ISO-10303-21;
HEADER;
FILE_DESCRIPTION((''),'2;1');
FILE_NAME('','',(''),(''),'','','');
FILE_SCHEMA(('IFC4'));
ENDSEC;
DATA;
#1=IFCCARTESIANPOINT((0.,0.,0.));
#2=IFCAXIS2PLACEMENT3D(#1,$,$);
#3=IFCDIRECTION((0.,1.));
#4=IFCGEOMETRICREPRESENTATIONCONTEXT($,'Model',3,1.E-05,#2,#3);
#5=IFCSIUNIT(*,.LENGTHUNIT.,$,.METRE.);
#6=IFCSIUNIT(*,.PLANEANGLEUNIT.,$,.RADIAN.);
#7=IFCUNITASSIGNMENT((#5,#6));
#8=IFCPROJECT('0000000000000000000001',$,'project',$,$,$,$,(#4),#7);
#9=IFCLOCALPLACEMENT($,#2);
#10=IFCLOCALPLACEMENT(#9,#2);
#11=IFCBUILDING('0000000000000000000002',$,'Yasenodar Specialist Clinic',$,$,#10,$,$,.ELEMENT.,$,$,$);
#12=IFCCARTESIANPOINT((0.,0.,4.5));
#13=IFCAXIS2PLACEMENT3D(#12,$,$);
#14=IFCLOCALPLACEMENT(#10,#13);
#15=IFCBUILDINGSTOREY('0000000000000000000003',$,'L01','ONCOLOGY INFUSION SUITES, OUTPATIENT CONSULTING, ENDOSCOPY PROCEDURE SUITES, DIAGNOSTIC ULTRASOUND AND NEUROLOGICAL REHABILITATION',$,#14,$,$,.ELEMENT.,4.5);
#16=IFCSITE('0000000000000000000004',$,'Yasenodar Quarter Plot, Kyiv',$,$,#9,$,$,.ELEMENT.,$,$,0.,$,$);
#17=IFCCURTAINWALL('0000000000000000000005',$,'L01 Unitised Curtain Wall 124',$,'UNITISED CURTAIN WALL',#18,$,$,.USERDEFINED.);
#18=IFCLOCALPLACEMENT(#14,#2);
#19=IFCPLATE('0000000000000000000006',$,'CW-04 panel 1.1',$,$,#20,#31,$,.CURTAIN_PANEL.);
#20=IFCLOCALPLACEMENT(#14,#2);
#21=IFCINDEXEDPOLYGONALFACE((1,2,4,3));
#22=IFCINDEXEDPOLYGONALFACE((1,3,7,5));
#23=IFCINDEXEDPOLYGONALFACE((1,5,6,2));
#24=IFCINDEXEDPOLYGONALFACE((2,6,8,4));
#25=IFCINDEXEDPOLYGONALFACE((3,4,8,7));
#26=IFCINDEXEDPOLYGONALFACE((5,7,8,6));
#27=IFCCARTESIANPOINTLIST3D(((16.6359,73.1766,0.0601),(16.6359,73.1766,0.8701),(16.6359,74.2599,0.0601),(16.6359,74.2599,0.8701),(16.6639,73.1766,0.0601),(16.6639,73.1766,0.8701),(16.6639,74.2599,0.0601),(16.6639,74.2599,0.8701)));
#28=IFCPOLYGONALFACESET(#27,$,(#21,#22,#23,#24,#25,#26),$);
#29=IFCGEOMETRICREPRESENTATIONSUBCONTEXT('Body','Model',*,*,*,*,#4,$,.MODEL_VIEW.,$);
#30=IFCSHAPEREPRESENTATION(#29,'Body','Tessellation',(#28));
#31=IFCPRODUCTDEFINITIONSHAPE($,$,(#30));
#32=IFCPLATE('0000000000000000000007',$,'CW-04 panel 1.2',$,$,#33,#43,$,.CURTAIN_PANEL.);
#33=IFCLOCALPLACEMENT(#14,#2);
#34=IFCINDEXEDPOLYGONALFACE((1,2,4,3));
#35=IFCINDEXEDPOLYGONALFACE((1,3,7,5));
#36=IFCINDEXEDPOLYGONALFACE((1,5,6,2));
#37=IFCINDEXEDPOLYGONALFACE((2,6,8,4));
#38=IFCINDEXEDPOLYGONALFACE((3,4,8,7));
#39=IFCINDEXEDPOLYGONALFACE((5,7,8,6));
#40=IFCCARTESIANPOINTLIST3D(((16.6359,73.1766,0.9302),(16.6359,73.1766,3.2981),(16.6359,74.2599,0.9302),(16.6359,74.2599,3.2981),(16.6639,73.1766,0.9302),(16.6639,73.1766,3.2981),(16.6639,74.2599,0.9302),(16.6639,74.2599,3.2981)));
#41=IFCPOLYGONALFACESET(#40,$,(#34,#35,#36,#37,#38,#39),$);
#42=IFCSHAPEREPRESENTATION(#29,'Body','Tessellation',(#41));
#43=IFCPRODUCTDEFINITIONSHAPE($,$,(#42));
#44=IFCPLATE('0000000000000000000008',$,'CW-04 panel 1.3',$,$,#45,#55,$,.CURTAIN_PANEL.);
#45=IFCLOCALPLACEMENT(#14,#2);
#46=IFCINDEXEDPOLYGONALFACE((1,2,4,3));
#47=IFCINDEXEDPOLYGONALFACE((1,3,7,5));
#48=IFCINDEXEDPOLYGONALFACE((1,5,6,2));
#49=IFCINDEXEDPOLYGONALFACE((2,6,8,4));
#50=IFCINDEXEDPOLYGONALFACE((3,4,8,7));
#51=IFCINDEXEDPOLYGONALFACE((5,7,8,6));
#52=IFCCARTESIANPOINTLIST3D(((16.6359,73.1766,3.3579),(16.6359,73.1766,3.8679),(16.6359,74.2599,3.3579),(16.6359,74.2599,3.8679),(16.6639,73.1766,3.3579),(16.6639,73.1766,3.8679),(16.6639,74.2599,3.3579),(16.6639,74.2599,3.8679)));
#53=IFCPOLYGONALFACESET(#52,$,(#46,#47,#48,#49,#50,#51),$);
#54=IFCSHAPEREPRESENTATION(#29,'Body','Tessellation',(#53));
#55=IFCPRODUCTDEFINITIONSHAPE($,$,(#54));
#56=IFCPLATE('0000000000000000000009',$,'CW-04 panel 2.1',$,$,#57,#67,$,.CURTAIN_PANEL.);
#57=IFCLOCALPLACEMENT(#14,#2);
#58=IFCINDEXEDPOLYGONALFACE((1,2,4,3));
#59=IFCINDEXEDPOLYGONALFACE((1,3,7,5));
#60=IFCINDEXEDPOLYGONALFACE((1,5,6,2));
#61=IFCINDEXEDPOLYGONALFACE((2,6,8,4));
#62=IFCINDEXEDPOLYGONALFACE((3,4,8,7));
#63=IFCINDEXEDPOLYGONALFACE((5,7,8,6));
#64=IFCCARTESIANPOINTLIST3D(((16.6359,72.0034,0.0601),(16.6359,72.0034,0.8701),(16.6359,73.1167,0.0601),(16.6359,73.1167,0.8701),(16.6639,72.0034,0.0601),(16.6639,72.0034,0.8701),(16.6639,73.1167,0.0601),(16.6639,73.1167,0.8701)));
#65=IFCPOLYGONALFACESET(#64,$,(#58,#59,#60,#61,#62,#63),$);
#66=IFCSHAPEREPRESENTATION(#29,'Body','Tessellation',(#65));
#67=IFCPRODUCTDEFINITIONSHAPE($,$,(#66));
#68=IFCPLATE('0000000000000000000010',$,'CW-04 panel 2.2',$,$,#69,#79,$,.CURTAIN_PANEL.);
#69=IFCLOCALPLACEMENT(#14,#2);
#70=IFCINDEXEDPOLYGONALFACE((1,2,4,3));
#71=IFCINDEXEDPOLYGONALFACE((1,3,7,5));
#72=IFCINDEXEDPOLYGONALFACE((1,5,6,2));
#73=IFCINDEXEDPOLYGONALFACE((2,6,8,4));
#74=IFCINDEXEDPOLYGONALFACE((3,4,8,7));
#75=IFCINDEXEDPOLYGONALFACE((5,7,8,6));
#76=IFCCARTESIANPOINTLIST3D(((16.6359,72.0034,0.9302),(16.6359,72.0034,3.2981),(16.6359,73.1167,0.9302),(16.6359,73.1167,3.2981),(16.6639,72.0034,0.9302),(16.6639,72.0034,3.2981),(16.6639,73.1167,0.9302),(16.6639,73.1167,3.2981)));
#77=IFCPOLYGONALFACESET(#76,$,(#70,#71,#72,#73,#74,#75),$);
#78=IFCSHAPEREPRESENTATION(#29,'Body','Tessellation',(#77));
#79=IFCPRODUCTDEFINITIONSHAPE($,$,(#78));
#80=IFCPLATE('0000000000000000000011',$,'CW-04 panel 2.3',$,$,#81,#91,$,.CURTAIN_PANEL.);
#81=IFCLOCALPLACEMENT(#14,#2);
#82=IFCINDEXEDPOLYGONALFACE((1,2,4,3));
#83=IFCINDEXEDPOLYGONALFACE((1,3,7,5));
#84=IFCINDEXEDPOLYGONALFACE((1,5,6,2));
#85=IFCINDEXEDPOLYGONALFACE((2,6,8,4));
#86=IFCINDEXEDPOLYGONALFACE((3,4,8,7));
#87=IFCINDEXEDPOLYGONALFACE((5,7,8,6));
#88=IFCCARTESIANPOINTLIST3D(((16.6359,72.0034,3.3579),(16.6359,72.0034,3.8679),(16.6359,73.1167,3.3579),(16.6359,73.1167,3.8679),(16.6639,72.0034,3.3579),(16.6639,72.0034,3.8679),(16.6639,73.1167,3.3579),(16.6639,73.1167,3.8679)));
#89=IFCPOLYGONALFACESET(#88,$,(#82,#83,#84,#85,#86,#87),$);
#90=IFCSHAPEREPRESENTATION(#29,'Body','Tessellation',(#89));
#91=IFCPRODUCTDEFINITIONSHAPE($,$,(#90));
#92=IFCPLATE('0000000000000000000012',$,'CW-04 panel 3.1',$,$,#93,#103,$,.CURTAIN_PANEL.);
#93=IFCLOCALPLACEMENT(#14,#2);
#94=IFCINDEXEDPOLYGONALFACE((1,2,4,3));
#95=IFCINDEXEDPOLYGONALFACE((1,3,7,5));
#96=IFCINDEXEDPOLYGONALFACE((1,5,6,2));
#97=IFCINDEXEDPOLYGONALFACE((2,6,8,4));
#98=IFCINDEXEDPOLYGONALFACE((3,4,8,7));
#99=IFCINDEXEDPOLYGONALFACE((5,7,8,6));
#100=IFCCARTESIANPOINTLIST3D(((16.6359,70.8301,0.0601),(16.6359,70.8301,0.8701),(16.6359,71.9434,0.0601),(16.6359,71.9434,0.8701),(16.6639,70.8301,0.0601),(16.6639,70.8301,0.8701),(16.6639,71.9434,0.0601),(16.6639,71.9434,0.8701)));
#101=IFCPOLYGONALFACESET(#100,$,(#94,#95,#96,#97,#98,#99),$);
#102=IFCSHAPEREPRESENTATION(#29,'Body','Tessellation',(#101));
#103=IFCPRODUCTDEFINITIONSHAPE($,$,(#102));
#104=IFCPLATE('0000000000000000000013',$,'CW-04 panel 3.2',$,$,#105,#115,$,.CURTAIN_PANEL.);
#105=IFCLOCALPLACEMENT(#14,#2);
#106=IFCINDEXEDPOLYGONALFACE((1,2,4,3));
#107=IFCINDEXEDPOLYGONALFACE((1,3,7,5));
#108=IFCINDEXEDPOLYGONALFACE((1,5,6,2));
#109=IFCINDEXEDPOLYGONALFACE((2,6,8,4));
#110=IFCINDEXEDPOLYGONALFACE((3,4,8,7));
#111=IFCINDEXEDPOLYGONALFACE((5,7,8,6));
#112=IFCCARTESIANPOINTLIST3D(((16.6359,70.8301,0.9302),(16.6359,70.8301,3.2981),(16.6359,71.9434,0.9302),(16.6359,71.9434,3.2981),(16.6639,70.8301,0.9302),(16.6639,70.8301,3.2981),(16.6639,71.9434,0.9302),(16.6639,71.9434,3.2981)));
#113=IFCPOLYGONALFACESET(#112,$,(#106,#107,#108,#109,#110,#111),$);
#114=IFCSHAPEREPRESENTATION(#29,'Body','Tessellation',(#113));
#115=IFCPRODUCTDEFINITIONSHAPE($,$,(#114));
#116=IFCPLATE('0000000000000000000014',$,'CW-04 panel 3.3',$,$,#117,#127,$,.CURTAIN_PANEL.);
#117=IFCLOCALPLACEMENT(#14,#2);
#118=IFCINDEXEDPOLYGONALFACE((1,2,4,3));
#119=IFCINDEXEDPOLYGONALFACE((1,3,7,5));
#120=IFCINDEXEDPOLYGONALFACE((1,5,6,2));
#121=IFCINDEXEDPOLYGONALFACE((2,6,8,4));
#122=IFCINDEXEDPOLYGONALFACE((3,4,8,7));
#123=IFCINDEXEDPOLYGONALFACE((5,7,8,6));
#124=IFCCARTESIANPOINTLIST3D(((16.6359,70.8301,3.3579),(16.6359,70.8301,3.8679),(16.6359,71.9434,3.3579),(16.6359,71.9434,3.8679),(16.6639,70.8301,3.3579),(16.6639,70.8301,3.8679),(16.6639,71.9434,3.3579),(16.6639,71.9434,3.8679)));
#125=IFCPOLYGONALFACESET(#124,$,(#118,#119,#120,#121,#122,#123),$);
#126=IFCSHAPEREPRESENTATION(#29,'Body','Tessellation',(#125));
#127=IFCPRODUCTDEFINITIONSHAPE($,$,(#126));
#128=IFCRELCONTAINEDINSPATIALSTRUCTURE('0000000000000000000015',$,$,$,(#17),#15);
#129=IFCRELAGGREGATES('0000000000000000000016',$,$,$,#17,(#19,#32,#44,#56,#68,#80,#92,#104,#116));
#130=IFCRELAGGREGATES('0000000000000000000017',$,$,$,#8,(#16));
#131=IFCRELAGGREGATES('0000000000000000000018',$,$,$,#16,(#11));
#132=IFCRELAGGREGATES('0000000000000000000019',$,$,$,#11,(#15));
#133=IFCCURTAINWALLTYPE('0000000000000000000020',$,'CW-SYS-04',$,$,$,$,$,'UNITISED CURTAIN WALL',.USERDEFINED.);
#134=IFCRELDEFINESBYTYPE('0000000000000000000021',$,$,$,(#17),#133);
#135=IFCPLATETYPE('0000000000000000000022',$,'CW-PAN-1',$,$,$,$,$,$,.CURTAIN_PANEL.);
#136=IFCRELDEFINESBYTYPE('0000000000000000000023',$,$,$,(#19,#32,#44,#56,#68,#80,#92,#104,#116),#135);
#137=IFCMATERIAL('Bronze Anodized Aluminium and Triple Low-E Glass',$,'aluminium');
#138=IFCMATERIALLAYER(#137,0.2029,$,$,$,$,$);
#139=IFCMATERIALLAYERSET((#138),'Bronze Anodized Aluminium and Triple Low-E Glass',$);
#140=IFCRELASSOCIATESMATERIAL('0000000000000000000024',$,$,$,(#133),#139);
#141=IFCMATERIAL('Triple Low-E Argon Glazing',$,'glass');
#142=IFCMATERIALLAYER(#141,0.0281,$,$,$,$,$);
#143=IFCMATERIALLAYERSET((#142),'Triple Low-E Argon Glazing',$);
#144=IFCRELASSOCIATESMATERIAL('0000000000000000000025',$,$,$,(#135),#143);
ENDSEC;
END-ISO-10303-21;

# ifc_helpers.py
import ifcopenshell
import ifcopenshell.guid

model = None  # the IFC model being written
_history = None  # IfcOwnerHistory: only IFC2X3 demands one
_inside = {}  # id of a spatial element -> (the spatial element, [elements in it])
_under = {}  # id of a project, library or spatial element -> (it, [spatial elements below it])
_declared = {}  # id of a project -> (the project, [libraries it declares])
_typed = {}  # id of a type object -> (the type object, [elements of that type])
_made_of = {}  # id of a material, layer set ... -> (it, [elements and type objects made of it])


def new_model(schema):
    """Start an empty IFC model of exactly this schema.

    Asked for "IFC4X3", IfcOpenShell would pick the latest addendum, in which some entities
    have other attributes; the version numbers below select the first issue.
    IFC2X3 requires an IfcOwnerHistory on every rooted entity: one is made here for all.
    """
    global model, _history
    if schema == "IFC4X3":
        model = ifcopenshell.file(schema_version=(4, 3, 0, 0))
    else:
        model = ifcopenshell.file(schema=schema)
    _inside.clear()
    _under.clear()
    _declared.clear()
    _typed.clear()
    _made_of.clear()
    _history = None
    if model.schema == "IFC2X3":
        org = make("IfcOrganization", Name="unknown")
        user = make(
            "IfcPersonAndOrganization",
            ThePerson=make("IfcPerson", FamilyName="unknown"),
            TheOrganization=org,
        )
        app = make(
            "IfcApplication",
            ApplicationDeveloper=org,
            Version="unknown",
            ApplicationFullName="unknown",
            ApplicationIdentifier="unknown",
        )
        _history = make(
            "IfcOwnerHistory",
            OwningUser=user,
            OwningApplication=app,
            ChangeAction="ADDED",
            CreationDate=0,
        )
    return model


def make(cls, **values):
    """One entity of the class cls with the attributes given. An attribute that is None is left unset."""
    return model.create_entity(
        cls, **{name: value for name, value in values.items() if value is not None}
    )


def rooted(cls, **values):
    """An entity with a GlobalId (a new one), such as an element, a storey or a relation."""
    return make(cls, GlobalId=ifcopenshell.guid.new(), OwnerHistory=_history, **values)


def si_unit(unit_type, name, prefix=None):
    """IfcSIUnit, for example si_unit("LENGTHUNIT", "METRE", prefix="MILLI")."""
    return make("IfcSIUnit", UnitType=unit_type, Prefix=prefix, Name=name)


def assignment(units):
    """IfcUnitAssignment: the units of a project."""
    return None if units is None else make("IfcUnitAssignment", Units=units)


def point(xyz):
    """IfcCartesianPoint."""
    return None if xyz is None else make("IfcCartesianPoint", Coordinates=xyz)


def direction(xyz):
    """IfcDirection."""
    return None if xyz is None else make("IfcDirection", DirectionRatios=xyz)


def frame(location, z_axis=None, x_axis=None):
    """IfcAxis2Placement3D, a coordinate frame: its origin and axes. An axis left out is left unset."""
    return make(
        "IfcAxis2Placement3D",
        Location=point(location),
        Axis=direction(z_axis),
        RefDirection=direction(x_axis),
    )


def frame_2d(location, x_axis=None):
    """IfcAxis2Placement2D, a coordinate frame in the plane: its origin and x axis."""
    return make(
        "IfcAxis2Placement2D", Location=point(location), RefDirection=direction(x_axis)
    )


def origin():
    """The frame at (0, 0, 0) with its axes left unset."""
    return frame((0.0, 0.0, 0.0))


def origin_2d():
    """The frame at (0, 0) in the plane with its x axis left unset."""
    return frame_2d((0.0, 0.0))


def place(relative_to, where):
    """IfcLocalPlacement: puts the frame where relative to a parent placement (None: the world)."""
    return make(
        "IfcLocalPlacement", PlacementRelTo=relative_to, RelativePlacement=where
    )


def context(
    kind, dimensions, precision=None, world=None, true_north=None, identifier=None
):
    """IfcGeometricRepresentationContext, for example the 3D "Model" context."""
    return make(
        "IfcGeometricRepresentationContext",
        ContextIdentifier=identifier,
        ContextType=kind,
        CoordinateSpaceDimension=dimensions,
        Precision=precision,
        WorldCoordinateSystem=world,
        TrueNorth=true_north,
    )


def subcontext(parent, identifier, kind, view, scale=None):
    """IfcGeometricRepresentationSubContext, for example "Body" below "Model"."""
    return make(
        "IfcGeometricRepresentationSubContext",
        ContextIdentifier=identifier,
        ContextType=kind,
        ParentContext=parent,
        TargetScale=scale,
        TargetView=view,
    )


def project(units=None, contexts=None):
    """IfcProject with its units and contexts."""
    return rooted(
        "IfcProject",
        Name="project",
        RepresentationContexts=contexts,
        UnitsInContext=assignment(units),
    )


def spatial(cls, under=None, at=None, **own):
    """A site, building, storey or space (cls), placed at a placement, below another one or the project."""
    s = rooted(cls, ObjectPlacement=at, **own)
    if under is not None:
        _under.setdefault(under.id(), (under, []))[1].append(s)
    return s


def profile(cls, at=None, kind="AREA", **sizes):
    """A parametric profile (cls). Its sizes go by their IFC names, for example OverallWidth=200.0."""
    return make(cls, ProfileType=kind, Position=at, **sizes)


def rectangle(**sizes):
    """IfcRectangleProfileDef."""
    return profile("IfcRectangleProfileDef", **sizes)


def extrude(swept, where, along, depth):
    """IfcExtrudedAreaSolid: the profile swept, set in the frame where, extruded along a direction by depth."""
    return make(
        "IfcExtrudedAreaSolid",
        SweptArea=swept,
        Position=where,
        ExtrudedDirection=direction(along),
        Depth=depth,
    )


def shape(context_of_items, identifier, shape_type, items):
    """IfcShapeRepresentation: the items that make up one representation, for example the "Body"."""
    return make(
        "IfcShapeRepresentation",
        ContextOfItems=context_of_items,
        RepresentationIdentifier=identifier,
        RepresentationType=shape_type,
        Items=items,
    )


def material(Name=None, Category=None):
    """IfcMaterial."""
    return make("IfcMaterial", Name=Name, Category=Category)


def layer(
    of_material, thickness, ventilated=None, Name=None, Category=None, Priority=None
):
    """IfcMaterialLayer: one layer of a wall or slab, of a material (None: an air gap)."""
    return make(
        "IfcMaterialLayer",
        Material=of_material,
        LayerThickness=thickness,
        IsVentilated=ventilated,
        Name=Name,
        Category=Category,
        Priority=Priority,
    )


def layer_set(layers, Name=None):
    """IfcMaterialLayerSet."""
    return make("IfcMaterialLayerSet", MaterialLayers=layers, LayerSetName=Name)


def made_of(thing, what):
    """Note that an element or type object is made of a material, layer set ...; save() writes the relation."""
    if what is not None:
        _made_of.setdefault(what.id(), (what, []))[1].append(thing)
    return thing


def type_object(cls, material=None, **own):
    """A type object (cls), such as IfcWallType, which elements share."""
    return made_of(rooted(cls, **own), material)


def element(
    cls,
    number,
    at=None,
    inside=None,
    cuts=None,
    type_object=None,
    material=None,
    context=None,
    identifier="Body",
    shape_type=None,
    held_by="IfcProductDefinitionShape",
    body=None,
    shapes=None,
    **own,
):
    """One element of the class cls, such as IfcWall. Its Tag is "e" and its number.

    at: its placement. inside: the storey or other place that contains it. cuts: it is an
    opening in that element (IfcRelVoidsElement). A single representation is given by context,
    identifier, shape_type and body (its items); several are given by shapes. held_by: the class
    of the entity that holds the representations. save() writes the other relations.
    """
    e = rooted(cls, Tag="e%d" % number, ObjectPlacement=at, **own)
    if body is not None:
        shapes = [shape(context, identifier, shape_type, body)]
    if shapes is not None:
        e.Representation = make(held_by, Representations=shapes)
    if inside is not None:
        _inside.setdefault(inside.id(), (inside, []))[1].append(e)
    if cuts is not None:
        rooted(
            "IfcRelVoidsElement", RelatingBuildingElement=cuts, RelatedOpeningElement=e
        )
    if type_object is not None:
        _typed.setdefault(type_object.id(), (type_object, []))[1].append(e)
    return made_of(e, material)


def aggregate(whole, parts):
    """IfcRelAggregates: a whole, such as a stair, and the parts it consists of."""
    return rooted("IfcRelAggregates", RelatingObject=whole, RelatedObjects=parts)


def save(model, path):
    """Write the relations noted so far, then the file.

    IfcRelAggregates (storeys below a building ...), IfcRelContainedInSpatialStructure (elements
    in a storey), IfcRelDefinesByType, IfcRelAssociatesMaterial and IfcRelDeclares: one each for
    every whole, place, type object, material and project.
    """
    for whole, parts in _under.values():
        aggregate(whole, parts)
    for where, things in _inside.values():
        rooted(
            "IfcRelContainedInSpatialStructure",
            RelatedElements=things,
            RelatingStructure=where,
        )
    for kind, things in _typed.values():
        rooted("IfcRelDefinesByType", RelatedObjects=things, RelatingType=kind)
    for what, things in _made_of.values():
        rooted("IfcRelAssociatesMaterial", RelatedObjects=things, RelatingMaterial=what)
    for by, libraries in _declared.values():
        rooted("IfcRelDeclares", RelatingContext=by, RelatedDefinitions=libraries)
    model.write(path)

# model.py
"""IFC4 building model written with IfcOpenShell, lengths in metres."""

from ifc_helpers import new_model, si_unit, direction, frame, origin, origin_2d, place, context, subcontext, project, spatial, rectangle, extrude, material, layer, layer_set, type_object, element, aggregate, save


model = new_model("IFC4")

# Units and contexts
model_context = context("Model", 3, precision=1e-05, world=origin(), true_north=direction((0.0, 1.0)))
body_context = subcontext(model_context, "Body", "Model", "MODEL_VIEW")
ifc_project = project(units=[si_unit("LENGTHUNIT", "METRE"), si_unit("PLANEANGLEUNIT", "RADIAN")], contexts=[model_context])

# Site, building, storey
site_placement = place(None, origin())
site = spatial("IfcSite", under=ifc_project, at=site_placement, Name="Yasenodar Quarter Plot, Kyiv", CompositionType="ELEMENT", RefElevation=0.0)
building_placement = place(site_placement, origin())
building = spatial("IfcBuilding", under=site, at=building_placement, Name="Yasenodar Specialist Clinic", CompositionType="ELEMENT")
storey_placement = place(building_placement, frame((0.0, 0.0, 4.5)))
storey = spatial("IfcBuildingStorey", under=building, at=storey_placement, Name="L01", Description="ONCOLOGY INFUSION SUITES, OUTPATIENT CONSULTING, ENDOSCOPY PROCEDURE SUITES, DIAGNOSTIC ULTRASOUND AND NEUROLOGICAL REHABILITATION", CompositionType="ELEMENT", Elevation=4.5)

# Curtain wall, plates
ifc_material_1 = material(Name="Bronze Anodized Aluminium and Triple Low-E Glass", Category="aluminium")
ifc_layer_1 = layer(ifc_material_1, 0.2029)
ifc_layer_set_1 = layer_set([ifc_layer_1], Name="Bronze Anodized Aluminium and Triple Low-E Glass")
curtain_wall_type = type_object("IfcCurtainWallType", Name="CW-SYS-04", ElementType="UNITISED CURTAIN WALL", PredefinedType="USERDEFINED", material=ifc_layer_set_1)
curtain_wall_placement = place(storey_placement, origin())
curtain_wall = element("IfcCurtainWall", 1, at=curtain_wall_placement, inside=storey, type_object=curtain_wall_type, Name="L01 Unitised Curtain Wall 124", ObjectType="UNITISED CURTAIN WALL", PredefinedType="USERDEFINED")
ifc_material_2 = material(Name="Triple Low-E Argon Glazing", Category="glass")
ifc_layer_2 = layer(ifc_material_2, 0.0281)
ifc_layer_set_2 = layer_set([ifc_layer_2], Name="Triple Low-E Argon Glazing")
plate_type = type_object("IfcPlateType", Name="CW-PAN-1", PredefinedType="CURTAIN_PANEL", material=ifc_layer_set_2)
plate_1_placement = place(storey_placement, frame((16.6499, 73.7183, 0.0601), z_axis=(0.0, 0.0, 1.0), x_axis=(0.0, -1.0, 0.0)))
plate_1 = element("IfcPlate", 2, at=plate_1_placement, type_object=plate_type, Name="CW-04 panel 1.1", PredefinedType="CURTAIN_PANEL", context=body_context, shape_type="SweptSolid", body=[
    extrude(rectangle(XDim=1.0833, YDim=0.0281, at=origin_2d()), origin(), (0.0, 0.0, 1.0), 0.8101),
])
plate_2_placement = place(storey_placement, frame((16.6499, 73.7183, 0.9302), z_axis=(0.0, 0.0, 1.0), x_axis=(0.0, -1.0, 0.0)))
plate_2 = element("IfcPlate", 3, at=plate_2_placement, type_object=plate_type, Name="CW-04 panel 1.2", PredefinedType="CURTAIN_PANEL", context=body_context, shape_type="SweptSolid", body=[
    extrude(rectangle(XDim=1.0833, YDim=0.0281, at=origin_2d()), origin(), (0.0, 0.0, 1.0), 2.3679),
])
plate_3_placement = place(storey_placement, frame((16.6499, 73.7183, 3.3579), z_axis=(0.0, 0.0, 1.0), x_axis=(0.0, -1.0, 0.0)))
plate_3 = element("IfcPlate", 4, at=plate_3_placement, type_object=plate_type, Name="CW-04 panel 1.3", PredefinedType="CURTAIN_PANEL", context=body_context, shape_type="SweptSolid", body=[
    extrude(rectangle(XDim=1.0833, YDim=0.0281, at=origin_2d()), origin(), (0.0, 0.0, 1.0), 0.51),
])
plate_4_placement = place(storey_placement, frame((16.6499, 72.5601, 0.0601), z_axis=(0.0, 0.0, 1.0), x_axis=(0.0, -1.0, 0.0)))
plate_4 = element("IfcPlate", 5, at=plate_4_placement, type_object=plate_type, Name="CW-04 panel 2.1", PredefinedType="CURTAIN_PANEL", context=body_context, shape_type="SweptSolid", body=[
    extrude(rectangle(XDim=1.1133, YDim=0.0281, at=origin_2d()), origin(), (0.0, 0.0, 1.0), 0.8101),
])
plate_5_placement = place(storey_placement, frame((16.6499, 72.5601, 0.9302), z_axis=(0.0, 0.0, 1.0), x_axis=(0.0, -1.0, 0.0)))
plate_5 = element("IfcPlate", 6, at=plate_5_placement, type_object=plate_type, Name="CW-04 panel 2.2", PredefinedType="CURTAIN_PANEL", context=body_context, shape_type="SweptSolid", body=[
    extrude(rectangle(XDim=1.1133, YDim=0.0281, at=origin_2d()), origin(), (0.0, 0.0, 1.0), 2.3679),
])
plate_6_placement = place(storey_placement, frame((16.6499, 72.5601, 3.3579), z_axis=(0.0, 0.0, 1.0), x_axis=(0.0, -1.0, 0.0)))
plate_6 = element("IfcPlate", 7, at=plate_6_placement, type_object=plate_type, Name="CW-04 panel 2.3", PredefinedType="CURTAIN_PANEL", context=body_context, shape_type="SweptSolid", body=[
    extrude(rectangle(XDim=1.1133, YDim=0.0281, at=origin_2d()), origin(), (0.0, 0.0, 1.0), 0.51),
])
plate_7_placement = place(storey_placement, frame((16.6499, 71.3867, 0.0601), z_axis=(0.0, 0.0, 1.0), x_axis=(0.0, -1.0, 0.0)))
plate_7 = element("IfcPlate", 8, at=plate_7_placement, type_object=plate_type, Name="CW-04 panel 3.1", PredefinedType="CURTAIN_PANEL", context=body_context, shape_type="SweptSolid", body=[
    extrude(rectangle(XDim=1.1133, YDim=0.0281, at=origin_2d()), origin(), (0.0, 0.0, 1.0), 0.8101),
])
plate_8_placement = place(storey_placement, frame((16.6499, 71.3867, 0.9302), z_axis=(0.0, 0.0, 1.0), x_axis=(0.0, -1.0, 0.0)))
plate_8 = element("IfcPlate", 9, at=plate_8_placement, type_object=plate_type, Name="CW-04 panel 3.2", PredefinedType="CURTAIN_PANEL", context=body_context, shape_type="SweptSolid", body=[
    extrude(rectangle(XDim=1.1133, YDim=0.0281, at=origin_2d()), origin(), (0.0, 0.0, 1.0), 2.3679),
])
plate_9_placement = place(storey_placement, frame((16.6499, 71.3867, 3.3579), z_axis=(0.0, 0.0, 1.0), x_axis=(0.0, -1.0, 0.0)))
plate_9 = element("IfcPlate", 10, at=plate_9_placement, type_object=plate_type, Name="CW-04 panel 3.3", PredefinedType="CURTAIN_PANEL", context=body_context, shape_type="SweptSolid", body=[
    extrude(rectangle(XDim=1.1133, YDim=0.0281, at=origin_2d()), origin(), (0.0, 0.0, 1.0), 0.51),
])
aggregate(curtain_wall, [plate_1, plate_2, plate_3, plate_4, plate_5, plate_6, plate_7, plate_8, plate_9])

save(model, "model.ifc")
